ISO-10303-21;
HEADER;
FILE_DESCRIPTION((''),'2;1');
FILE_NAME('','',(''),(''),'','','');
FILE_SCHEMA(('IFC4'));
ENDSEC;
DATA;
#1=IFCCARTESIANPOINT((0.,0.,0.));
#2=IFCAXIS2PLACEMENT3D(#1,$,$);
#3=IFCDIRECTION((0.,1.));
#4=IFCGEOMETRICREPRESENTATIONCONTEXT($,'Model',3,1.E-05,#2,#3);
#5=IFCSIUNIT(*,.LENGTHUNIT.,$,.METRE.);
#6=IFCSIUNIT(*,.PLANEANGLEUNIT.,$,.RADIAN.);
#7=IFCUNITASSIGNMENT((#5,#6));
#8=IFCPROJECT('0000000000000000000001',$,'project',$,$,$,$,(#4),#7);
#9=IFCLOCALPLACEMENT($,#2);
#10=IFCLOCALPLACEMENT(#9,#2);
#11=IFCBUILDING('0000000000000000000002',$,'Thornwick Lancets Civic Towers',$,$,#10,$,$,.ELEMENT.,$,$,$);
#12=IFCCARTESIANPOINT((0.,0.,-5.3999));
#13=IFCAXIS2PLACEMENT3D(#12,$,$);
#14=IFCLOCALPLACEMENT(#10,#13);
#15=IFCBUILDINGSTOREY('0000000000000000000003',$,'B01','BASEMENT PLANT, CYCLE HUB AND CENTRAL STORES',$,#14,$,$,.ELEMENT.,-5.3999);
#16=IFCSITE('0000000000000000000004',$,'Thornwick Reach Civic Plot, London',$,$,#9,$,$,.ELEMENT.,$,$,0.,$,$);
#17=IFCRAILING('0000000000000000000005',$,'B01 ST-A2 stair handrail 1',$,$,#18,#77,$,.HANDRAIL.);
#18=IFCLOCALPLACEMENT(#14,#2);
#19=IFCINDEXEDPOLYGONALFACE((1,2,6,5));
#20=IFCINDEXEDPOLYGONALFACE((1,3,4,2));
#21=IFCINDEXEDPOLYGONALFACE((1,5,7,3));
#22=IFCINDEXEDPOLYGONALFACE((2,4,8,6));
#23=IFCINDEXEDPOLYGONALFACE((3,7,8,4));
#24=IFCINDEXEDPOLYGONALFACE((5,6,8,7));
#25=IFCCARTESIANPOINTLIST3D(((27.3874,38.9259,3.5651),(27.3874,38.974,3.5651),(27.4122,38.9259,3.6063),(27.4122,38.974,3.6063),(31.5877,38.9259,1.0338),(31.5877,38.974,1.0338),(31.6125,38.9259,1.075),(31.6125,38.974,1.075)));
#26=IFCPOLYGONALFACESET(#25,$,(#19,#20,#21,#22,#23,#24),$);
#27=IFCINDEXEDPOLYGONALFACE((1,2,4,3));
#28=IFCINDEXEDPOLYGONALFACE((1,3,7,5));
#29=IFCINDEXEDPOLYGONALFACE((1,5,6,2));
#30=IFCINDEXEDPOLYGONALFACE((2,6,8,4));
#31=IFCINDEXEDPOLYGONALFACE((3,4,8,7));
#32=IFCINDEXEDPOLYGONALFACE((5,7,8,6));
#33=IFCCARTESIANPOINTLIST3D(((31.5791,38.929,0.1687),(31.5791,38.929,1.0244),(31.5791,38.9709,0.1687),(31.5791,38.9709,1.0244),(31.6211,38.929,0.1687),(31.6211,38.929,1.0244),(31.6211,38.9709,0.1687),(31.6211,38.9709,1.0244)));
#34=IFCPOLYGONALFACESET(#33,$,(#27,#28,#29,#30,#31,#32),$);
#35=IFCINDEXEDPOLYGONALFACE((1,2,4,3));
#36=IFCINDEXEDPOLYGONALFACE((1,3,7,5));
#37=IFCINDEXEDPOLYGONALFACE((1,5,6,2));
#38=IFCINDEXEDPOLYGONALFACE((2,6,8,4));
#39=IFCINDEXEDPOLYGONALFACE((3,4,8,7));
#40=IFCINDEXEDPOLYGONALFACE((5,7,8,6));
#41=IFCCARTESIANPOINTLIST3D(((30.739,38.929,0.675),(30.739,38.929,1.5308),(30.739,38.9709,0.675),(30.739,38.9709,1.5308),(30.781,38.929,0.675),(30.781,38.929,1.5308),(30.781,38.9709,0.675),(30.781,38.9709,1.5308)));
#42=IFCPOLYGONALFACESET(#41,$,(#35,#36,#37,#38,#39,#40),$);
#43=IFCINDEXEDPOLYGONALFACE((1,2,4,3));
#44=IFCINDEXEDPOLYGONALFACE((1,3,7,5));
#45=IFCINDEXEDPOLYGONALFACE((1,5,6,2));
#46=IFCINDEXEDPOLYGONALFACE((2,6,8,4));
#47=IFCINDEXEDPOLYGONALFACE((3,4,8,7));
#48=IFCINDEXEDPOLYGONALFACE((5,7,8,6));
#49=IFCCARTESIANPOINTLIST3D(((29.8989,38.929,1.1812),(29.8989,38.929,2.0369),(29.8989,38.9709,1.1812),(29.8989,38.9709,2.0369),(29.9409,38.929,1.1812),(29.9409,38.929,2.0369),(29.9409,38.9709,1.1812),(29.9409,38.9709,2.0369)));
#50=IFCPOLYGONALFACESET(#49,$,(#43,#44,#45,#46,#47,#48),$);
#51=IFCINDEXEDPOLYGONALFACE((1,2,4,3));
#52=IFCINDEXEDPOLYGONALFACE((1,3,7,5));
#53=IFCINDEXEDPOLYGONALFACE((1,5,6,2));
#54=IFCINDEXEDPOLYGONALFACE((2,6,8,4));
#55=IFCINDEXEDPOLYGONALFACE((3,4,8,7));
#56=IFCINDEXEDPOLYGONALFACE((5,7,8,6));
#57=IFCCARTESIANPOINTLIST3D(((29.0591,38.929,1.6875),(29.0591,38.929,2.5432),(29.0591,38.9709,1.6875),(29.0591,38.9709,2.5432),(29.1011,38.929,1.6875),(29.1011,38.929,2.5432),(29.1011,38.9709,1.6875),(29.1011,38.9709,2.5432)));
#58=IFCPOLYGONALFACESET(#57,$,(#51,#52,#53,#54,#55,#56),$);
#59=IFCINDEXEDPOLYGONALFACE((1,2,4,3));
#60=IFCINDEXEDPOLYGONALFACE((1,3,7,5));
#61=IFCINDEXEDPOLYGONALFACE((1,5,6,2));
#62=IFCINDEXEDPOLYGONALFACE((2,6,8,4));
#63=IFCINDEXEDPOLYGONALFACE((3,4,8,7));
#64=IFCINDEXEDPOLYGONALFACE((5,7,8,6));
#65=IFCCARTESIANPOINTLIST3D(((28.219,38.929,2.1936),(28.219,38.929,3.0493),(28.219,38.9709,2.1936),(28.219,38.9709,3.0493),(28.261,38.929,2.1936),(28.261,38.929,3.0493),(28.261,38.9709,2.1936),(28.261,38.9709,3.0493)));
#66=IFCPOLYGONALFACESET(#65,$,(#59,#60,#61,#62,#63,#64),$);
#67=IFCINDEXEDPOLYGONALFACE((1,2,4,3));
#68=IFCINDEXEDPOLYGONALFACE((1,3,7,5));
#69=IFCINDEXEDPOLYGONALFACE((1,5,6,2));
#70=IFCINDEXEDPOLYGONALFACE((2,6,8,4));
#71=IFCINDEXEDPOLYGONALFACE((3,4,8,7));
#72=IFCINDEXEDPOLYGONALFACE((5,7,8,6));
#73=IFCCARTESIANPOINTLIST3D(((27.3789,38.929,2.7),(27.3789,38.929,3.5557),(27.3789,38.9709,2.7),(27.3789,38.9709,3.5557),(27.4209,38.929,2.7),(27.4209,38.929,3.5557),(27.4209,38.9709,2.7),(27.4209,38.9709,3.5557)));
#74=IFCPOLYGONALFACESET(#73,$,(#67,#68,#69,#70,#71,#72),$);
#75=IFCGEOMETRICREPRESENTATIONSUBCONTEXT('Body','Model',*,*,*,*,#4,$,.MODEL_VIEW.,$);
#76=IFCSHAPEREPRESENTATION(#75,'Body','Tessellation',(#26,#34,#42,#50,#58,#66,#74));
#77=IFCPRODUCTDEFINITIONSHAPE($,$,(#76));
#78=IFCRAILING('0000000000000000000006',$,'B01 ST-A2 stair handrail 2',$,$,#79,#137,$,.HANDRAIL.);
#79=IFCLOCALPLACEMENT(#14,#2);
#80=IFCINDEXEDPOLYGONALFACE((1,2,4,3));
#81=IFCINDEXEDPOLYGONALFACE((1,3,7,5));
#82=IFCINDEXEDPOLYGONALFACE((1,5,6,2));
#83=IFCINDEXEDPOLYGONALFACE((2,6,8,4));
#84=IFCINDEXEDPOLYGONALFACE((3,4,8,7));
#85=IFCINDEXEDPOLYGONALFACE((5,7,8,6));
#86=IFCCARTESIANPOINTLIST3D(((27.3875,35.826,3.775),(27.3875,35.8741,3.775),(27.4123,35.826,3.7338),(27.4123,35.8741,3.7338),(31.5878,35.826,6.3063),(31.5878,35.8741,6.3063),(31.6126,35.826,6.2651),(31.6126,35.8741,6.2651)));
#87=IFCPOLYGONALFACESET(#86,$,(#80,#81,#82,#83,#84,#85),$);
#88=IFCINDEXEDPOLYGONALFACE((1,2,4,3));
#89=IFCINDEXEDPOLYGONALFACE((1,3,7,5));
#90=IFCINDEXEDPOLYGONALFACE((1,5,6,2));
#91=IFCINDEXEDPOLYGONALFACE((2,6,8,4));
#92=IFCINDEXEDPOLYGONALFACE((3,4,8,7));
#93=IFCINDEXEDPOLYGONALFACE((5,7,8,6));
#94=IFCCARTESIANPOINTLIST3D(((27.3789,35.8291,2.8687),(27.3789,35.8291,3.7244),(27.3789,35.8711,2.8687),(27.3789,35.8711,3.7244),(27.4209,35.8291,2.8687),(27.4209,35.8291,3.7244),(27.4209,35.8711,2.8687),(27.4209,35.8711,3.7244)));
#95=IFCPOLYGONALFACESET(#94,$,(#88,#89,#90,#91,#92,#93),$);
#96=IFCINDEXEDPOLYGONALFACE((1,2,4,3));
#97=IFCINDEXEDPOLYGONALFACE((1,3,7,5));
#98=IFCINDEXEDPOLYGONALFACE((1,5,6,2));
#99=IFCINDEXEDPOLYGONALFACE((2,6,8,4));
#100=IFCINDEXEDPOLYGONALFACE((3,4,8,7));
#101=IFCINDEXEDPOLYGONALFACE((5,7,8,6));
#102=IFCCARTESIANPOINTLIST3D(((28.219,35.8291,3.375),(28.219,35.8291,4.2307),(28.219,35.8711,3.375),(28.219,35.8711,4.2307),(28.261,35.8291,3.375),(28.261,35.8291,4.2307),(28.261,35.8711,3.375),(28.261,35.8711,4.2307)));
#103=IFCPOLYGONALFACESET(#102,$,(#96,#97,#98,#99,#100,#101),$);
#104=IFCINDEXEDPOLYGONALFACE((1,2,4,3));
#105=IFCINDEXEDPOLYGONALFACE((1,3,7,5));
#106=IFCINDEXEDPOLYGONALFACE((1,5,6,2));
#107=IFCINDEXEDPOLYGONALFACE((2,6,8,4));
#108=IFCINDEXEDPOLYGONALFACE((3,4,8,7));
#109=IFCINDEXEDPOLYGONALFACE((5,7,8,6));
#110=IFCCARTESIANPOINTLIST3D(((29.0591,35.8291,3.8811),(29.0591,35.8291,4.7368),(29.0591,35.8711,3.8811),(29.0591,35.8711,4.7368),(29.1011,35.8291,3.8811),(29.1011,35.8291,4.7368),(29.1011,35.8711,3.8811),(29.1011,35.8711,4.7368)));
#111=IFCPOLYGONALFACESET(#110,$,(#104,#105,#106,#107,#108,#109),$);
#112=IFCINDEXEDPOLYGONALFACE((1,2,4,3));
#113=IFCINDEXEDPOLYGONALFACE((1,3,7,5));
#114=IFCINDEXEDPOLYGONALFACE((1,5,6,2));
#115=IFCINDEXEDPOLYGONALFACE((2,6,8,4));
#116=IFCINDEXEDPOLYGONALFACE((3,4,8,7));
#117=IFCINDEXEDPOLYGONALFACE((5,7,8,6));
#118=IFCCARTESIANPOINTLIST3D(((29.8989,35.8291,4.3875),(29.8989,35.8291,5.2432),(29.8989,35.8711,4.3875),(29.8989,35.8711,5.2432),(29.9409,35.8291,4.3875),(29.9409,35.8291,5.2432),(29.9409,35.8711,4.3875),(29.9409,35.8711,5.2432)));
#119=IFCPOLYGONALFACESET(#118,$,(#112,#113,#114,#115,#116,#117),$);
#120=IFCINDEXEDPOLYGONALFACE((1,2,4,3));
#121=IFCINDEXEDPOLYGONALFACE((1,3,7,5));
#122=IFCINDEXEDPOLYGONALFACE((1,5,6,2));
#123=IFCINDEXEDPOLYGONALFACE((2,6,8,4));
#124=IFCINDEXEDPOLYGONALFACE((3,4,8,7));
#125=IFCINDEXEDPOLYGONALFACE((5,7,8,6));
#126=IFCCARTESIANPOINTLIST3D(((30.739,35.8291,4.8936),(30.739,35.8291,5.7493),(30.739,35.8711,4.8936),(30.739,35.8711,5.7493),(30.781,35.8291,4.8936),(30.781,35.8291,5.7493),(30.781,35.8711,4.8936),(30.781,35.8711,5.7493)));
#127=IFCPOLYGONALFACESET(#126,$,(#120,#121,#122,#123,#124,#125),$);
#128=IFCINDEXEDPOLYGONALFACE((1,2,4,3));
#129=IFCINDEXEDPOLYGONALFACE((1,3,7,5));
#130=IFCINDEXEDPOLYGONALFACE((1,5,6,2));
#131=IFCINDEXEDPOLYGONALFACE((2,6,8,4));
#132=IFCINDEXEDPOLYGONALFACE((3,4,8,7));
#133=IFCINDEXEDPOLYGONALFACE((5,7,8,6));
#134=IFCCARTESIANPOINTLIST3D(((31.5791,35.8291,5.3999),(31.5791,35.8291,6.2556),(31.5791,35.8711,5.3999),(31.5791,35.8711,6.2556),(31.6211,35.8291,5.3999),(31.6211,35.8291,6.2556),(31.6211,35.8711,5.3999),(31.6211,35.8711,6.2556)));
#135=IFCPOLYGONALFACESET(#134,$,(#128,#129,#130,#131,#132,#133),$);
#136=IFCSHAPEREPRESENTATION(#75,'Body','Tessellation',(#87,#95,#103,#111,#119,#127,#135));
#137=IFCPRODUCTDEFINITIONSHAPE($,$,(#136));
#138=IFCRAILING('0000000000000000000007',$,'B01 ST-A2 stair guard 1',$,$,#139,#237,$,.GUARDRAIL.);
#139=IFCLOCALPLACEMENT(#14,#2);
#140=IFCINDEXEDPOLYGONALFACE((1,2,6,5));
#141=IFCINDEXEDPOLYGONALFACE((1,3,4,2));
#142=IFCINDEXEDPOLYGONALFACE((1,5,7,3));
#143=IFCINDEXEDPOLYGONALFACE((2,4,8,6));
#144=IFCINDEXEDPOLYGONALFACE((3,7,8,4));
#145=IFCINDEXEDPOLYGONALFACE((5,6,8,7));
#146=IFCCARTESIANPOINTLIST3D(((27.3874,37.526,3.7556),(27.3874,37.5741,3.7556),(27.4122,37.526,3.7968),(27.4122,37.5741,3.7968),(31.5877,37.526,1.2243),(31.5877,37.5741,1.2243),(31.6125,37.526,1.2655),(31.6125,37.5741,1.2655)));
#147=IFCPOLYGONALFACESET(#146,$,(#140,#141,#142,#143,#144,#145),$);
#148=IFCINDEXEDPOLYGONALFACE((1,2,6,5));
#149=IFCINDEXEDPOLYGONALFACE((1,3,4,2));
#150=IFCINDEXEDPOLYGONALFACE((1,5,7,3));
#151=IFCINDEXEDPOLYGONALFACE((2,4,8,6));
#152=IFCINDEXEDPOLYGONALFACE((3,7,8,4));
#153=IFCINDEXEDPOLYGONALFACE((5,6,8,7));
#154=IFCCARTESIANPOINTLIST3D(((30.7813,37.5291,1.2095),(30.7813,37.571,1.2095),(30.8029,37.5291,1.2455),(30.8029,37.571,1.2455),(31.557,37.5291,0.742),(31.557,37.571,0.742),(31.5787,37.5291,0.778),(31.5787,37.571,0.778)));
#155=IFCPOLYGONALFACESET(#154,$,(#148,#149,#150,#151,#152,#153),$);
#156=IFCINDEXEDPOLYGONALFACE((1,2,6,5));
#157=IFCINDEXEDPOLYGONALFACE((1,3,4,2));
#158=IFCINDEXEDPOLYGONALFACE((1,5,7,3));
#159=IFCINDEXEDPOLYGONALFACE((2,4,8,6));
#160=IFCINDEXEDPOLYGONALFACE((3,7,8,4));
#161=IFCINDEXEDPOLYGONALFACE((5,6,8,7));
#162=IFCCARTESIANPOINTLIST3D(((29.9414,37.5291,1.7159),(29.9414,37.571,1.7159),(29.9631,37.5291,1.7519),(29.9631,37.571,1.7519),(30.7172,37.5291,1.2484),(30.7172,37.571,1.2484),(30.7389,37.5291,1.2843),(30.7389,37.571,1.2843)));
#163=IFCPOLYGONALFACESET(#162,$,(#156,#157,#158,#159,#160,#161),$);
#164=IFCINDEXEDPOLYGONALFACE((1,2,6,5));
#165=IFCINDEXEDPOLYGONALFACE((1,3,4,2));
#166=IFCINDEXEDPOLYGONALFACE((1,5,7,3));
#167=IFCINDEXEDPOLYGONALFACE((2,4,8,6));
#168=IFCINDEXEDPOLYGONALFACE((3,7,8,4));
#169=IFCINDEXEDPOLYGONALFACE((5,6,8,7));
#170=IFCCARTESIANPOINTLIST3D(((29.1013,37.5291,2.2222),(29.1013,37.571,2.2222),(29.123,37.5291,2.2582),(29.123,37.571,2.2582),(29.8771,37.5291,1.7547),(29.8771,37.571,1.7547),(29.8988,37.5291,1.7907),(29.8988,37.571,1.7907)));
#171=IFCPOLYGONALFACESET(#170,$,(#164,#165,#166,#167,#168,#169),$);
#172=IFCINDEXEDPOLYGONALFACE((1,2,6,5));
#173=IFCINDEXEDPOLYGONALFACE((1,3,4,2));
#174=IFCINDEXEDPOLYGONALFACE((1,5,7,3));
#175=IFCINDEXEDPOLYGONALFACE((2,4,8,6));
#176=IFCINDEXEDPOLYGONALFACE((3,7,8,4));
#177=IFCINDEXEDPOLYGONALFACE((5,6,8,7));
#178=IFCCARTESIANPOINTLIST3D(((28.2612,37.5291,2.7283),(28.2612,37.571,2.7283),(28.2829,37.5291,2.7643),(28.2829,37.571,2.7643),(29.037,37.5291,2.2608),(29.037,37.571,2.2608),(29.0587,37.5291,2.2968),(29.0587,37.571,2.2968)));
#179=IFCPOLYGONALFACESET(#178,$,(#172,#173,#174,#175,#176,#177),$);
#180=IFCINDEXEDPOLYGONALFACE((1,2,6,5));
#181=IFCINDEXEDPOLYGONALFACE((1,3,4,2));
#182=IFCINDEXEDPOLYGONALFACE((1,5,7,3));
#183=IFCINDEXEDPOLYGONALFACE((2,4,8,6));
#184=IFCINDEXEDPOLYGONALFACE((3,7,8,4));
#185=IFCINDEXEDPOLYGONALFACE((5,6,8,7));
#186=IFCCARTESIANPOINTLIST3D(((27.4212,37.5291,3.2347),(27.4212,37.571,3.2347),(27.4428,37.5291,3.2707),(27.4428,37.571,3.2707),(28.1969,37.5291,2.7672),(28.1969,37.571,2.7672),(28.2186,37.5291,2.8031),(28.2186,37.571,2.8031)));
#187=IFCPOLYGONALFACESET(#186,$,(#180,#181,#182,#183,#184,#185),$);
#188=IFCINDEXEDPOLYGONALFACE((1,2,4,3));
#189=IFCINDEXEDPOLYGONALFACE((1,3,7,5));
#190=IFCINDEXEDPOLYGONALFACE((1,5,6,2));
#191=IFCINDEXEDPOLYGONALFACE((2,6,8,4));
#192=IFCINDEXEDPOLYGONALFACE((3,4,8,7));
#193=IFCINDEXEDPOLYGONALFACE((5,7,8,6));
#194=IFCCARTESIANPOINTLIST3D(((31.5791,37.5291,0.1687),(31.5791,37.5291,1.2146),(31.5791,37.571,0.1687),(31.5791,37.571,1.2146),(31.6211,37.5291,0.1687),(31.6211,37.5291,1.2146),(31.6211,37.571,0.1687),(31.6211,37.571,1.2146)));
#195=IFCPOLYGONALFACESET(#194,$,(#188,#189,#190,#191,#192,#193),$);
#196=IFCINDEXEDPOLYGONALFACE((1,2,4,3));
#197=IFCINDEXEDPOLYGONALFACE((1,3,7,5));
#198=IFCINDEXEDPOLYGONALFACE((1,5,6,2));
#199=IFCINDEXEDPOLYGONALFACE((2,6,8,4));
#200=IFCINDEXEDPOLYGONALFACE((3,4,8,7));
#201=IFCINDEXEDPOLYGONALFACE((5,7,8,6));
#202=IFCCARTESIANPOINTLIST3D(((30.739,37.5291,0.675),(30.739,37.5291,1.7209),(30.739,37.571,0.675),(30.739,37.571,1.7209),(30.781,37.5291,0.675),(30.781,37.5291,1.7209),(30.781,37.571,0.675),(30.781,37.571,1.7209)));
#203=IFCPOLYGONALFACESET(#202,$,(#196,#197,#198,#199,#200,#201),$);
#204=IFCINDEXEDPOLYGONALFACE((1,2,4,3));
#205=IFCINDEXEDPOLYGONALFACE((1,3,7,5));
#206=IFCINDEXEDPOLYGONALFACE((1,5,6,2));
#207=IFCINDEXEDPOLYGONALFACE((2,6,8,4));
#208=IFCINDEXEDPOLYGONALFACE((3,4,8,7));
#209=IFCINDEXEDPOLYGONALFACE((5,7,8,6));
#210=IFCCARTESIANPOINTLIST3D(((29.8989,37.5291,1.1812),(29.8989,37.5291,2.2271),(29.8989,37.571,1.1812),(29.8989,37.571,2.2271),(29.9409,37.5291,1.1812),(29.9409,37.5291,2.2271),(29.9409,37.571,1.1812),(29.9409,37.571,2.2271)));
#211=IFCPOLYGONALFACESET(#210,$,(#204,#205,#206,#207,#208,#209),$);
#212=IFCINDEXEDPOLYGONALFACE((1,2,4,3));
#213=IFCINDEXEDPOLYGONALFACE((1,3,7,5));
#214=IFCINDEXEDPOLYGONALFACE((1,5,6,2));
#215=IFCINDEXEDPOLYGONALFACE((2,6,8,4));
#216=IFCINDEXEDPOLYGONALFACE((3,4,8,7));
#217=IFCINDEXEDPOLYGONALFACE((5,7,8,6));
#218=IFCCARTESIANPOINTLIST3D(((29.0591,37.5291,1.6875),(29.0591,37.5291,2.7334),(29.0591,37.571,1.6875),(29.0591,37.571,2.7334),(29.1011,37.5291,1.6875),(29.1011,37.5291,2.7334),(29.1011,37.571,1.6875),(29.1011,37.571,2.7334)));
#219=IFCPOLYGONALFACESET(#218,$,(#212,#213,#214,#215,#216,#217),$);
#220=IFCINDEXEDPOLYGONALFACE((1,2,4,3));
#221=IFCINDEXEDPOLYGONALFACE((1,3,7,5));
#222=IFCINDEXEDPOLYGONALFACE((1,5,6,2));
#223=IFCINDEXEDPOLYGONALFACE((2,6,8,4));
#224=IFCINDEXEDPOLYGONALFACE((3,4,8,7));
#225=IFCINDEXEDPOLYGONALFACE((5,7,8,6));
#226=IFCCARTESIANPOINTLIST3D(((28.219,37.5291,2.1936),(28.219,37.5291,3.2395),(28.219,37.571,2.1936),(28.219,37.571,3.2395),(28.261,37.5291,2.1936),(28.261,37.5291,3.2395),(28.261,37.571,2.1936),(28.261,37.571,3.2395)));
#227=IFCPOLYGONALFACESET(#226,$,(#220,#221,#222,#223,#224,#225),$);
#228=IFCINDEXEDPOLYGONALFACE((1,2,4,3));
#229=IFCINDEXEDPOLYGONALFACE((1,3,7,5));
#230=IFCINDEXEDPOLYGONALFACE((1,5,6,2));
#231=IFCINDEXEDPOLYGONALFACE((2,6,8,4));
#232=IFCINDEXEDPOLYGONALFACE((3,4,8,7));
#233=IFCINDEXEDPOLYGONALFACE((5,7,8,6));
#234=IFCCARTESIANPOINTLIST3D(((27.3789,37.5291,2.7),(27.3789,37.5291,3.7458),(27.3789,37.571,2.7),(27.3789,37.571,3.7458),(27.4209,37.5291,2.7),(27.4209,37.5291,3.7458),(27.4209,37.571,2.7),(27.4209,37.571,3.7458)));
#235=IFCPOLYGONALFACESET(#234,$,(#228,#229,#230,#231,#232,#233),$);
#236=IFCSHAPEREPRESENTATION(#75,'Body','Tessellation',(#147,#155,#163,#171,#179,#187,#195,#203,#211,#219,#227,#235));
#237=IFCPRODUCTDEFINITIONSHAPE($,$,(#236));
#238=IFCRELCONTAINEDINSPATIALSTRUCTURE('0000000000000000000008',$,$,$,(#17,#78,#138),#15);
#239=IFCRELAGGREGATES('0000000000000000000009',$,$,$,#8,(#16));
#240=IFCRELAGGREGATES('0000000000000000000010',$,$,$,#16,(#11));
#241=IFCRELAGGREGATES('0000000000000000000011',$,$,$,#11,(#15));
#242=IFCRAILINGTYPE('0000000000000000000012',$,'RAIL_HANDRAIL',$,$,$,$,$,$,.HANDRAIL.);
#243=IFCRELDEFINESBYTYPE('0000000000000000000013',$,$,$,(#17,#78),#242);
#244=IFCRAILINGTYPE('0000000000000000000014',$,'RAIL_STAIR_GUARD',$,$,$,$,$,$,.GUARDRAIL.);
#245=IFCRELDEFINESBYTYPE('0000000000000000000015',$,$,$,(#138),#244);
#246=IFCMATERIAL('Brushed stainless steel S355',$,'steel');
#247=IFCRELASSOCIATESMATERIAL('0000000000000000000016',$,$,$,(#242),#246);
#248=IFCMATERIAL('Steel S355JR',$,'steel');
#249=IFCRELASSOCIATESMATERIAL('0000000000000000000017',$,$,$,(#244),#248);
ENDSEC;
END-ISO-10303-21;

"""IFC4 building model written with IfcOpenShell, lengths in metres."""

from ifc_helpers import new_model, si_unit, direction, frame, origin, origin_2d, place, context, subcontext, project, spatial, rectangle, extrude, material, type_object, element, save


model = new_model("IFC4")

# Units and contexts
model_context = context("Model", 3, precision=1e-05, world=origin(), true_north=direction((0.0, 1.0)))
body_context = subcontext(model_context, "Body", "Model", "MODEL_VIEW")
ifc_project = project(units=[si_unit("LENGTHUNIT", "METRE"), si_unit("PLANEANGLEUNIT", "RADIAN")], contexts=[model_context])

# Site, building, storey
site_placement = place(None, origin())
site = spatial("IfcSite", under=ifc_project, at=site_placement, Name="Thornwick Reach Civic Plot, London", CompositionType="ELEMENT", RefElevation=0.0)
building_placement = place(site_placement, origin())
building = spatial("IfcBuilding", under=site, at=building_placement, Name="Thornwick Lancets Civic Towers", CompositionType="ELEMENT")
storey_placement = place(building_placement, frame((0.0, 0.0, -5.3999)))
storey = spatial("IfcBuildingStorey", under=building, at=storey_placement, Name="B01", Description="BASEMENT PLANT, CYCLE HUB AND CENTRAL STORES", CompositionType="ELEMENT", Elevation=-5.3999)

# Shared definitions
ifc_material_1 = material(Name="Steel S355JR", Category="steel")

# Railings
ifc_material_2 = material(Name="Brushed stainless steel S355", Category="steel")
railing_type_1 = type_object("IfcRailingType", Name="RAIL_HANDRAIL", PredefinedType="HANDRAIL", material=ifc_material_2)
railing_1_placement = place(storey_placement, frame((31.6001, 38.95, 0.1687)))
element("IfcRailing", 1, at=railing_1_placement, inside=storey, type_object=railing_type_1, Name="B01 ST-A2 stair handrail 1", PredefinedType="HANDRAIL", context=body_context, shape_type="SweptSolid", body=[
    extrude(rectangle(XDim=0.0481, YDim=0.0481, at=origin_2d()), frame((0.0, 0.0, 0.8857), z_axis=(-0.85649, 0.0, 0.516164), x_axis=(0.0, -1.0, 0.0)), (0.0, 0.0, 1.0), 4.9041),
    extrude(rectangle(XDim=0.042, YDim=0.042, at=origin_2d()), origin(), (0.0, 0.0, 1.0), 0.8557),
    extrude(rectangle(XDim=0.042, YDim=0.042, at=origin_2d()), frame((-0.8401, 0.0, 0.5063)), (0.0, 0.0, 1.0), 0.8557),
    extrude(rectangle(XDim=0.042, YDim=0.042, at=origin_2d()), frame((-1.6802, 0.0, 1.0125)), (0.0, 0.0, 1.0), 0.8557),
    extrude(rectangle(XDim=0.042, YDim=0.042, at=origin_2d()), frame((-2.52, 0.0, 1.5188)), (0.0, 0.0, 1.0), 0.8557),
    extrude(rectangle(XDim=0.042, YDim=0.042, at=origin_2d()), frame((-3.3601, 0.0, 2.0249)), (0.0, 0.0, 1.0), 0.8557),
    extrude(rectangle(XDim=0.042, YDim=0.042, at=origin_2d()), frame((-4.2002, 0.0, 2.5312)), (0.0, 0.0, 1.0), 0.8557),
])
railing_2_placement = place(storey_placement, frame((27.3999, 35.8501, 2.8687)))
element("IfcRailing", 2, at=railing_2_placement, inside=storey, type_object=railing_type_1, Name="B01 ST-A2 stair handrail 2", PredefinedType="HANDRAIL", context=body_context, shape_type="SweptSolid", body=[
    extrude(rectangle(XDim=0.0481, YDim=0.0481, at=origin_2d()), frame((0.0, 0.0, 0.8857), z_axis=(0.85649, 0.0, 0.516164), x_axis=(0.0, 1.0, 0.0)), (0.0, 0.0, 1.0), 4.9041),
    extrude(rectangle(XDim=0.042, YDim=0.042, at=origin_2d()), origin(), (0.0, 0.0, 1.0), 0.8557),
    extrude(rectangle(XDim=0.042, YDim=0.042, at=origin_2d()), frame((0.8401, 0.0, 0.5063)), (0.0, 0.0, 1.0), 0.8557),
    extrude(rectangle(XDim=0.042, YDim=0.042, at=origin_2d()), frame((1.6802, 0.0, 1.0125)), (0.0, 0.0, 1.0), 0.8557),
    extrude(rectangle(XDim=0.042, YDim=0.042, at=origin_2d()), frame((2.52, 0.0, 1.5188)), (0.0, 0.0, 1.0), 0.8557),
    extrude(rectangle(XDim=0.042, YDim=0.042, at=origin_2d()), frame((3.3601, 0.0, 2.0249)), (0.0, 0.0, 1.0), 0.8557),
    extrude(rectangle(XDim=0.042, YDim=0.042, at=origin_2d()), frame((4.2002, 0.0, 2.5312)), (0.0, 0.0, 1.0), 0.8557),
])
railing_type_2 = type_object("IfcRailingType", Name="RAIL_STAIR_GUARD", PredefinedType="GUARDRAIL", material=ifc_material_1)
railing_3_placement = place(storey_placement, frame((31.6001, 37.55, 0.1687)))
element("IfcRailing", 3, at=railing_3_placement, inside=storey, type_object=railing_type_2, Name="B01 ST-A2 stair guard 1", PredefinedType="GUARDRAIL", context=body_context, shape_type="SweptSolid", body=[
    extrude(rectangle(XDim=0.0481, YDim=0.0481, at=origin_2d()), frame((0.0, 0.0, 1.0762), z_axis=(-0.85649, 0.0, 0.516164), x_axis=(0.0, -1.0, 0.0)), (0.0, 0.0, 1.0), 4.9041),
    extrude(rectangle(XDim=0.042, YDim=0.042, at=origin_2d()), frame((-0.0322, 0.0, 0.5913), z_axis=(-0.85649, 0.0, 0.516164), x_axis=(0.0, -1.0, 0.0)), (0.0, 0.0, 1.0), 0.9058),
    extrude(rectangle(XDim=0.042, YDim=0.042, at=origin_2d()), frame((-0.8721, 0.0, 1.0977), z_axis=(-0.85649, 0.0, 0.516164), x_axis=(0.0, -1.0, 0.0)), (0.0, 0.0, 1.0), 0.9058),
    extrude(rectangle(XDim=0.042, YDim=0.042, at=origin_2d()), frame((-1.7122, 0.0, 1.604), z_axis=(-0.85649, 0.0, 0.516164), x_axis=(0.0, -1.0, 0.0)), (0.0, 0.0, 1.0), 0.9058),
    extrude(rectangle(XDim=0.042, YDim=0.042, at=origin_2d()), frame((-2.5522, 0.0, 2.1101), z_axis=(-0.85649, 0.0, 0.516164), x_axis=(0.0, -1.0, 0.0)), (0.0, 0.0, 1.0), 0.9058),
    extrude(rectangle(XDim=0.042, YDim=0.042, at=origin_2d()), frame((-3.3923, 0.0, 2.6165), z_axis=(-0.85649, 0.0, 0.516164), x_axis=(0.0, -1.0, 0.0)), (0.0, 0.0, 1.0), 0.9058),
    extrude(rectangle(XDim=0.042, YDim=0.042, at=origin_2d()), origin(), (0.0, 0.0, 1.0), 1.0459),
    extrude(rectangle(XDim=0.042, YDim=0.042, at=origin_2d()), frame((-0.8401, 0.0, 0.5063)), (0.0, 0.0, 1.0), 1.0459),
    extrude(rectangle(XDim=0.042, YDim=0.042, at=origin_2d()), frame((-1.6802, 0.0, 1.0125)), (0.0, 0.0, 1.0), 1.0459),
    extrude(rectangle(XDim=0.042, YDim=0.042, at=origin_2d()), frame((-2.52, 0.0, 1.5188)), (0.0, 0.0, 1.0), 1.0459),
    extrude(rectangle(XDim=0.042, YDim=0.042, at=origin_2d()), frame((-3.3601, 0.0, 2.0249)), (0.0, 0.0, 1.0), 1.0459),
    extrude(rectangle(XDim=0.042, YDim=0.042, at=origin_2d()), frame((-4.2002, 0.0, 2.5312)), (0.0, 0.0, 1.0), 1.0459),
])

save(model, "model.ifc")
